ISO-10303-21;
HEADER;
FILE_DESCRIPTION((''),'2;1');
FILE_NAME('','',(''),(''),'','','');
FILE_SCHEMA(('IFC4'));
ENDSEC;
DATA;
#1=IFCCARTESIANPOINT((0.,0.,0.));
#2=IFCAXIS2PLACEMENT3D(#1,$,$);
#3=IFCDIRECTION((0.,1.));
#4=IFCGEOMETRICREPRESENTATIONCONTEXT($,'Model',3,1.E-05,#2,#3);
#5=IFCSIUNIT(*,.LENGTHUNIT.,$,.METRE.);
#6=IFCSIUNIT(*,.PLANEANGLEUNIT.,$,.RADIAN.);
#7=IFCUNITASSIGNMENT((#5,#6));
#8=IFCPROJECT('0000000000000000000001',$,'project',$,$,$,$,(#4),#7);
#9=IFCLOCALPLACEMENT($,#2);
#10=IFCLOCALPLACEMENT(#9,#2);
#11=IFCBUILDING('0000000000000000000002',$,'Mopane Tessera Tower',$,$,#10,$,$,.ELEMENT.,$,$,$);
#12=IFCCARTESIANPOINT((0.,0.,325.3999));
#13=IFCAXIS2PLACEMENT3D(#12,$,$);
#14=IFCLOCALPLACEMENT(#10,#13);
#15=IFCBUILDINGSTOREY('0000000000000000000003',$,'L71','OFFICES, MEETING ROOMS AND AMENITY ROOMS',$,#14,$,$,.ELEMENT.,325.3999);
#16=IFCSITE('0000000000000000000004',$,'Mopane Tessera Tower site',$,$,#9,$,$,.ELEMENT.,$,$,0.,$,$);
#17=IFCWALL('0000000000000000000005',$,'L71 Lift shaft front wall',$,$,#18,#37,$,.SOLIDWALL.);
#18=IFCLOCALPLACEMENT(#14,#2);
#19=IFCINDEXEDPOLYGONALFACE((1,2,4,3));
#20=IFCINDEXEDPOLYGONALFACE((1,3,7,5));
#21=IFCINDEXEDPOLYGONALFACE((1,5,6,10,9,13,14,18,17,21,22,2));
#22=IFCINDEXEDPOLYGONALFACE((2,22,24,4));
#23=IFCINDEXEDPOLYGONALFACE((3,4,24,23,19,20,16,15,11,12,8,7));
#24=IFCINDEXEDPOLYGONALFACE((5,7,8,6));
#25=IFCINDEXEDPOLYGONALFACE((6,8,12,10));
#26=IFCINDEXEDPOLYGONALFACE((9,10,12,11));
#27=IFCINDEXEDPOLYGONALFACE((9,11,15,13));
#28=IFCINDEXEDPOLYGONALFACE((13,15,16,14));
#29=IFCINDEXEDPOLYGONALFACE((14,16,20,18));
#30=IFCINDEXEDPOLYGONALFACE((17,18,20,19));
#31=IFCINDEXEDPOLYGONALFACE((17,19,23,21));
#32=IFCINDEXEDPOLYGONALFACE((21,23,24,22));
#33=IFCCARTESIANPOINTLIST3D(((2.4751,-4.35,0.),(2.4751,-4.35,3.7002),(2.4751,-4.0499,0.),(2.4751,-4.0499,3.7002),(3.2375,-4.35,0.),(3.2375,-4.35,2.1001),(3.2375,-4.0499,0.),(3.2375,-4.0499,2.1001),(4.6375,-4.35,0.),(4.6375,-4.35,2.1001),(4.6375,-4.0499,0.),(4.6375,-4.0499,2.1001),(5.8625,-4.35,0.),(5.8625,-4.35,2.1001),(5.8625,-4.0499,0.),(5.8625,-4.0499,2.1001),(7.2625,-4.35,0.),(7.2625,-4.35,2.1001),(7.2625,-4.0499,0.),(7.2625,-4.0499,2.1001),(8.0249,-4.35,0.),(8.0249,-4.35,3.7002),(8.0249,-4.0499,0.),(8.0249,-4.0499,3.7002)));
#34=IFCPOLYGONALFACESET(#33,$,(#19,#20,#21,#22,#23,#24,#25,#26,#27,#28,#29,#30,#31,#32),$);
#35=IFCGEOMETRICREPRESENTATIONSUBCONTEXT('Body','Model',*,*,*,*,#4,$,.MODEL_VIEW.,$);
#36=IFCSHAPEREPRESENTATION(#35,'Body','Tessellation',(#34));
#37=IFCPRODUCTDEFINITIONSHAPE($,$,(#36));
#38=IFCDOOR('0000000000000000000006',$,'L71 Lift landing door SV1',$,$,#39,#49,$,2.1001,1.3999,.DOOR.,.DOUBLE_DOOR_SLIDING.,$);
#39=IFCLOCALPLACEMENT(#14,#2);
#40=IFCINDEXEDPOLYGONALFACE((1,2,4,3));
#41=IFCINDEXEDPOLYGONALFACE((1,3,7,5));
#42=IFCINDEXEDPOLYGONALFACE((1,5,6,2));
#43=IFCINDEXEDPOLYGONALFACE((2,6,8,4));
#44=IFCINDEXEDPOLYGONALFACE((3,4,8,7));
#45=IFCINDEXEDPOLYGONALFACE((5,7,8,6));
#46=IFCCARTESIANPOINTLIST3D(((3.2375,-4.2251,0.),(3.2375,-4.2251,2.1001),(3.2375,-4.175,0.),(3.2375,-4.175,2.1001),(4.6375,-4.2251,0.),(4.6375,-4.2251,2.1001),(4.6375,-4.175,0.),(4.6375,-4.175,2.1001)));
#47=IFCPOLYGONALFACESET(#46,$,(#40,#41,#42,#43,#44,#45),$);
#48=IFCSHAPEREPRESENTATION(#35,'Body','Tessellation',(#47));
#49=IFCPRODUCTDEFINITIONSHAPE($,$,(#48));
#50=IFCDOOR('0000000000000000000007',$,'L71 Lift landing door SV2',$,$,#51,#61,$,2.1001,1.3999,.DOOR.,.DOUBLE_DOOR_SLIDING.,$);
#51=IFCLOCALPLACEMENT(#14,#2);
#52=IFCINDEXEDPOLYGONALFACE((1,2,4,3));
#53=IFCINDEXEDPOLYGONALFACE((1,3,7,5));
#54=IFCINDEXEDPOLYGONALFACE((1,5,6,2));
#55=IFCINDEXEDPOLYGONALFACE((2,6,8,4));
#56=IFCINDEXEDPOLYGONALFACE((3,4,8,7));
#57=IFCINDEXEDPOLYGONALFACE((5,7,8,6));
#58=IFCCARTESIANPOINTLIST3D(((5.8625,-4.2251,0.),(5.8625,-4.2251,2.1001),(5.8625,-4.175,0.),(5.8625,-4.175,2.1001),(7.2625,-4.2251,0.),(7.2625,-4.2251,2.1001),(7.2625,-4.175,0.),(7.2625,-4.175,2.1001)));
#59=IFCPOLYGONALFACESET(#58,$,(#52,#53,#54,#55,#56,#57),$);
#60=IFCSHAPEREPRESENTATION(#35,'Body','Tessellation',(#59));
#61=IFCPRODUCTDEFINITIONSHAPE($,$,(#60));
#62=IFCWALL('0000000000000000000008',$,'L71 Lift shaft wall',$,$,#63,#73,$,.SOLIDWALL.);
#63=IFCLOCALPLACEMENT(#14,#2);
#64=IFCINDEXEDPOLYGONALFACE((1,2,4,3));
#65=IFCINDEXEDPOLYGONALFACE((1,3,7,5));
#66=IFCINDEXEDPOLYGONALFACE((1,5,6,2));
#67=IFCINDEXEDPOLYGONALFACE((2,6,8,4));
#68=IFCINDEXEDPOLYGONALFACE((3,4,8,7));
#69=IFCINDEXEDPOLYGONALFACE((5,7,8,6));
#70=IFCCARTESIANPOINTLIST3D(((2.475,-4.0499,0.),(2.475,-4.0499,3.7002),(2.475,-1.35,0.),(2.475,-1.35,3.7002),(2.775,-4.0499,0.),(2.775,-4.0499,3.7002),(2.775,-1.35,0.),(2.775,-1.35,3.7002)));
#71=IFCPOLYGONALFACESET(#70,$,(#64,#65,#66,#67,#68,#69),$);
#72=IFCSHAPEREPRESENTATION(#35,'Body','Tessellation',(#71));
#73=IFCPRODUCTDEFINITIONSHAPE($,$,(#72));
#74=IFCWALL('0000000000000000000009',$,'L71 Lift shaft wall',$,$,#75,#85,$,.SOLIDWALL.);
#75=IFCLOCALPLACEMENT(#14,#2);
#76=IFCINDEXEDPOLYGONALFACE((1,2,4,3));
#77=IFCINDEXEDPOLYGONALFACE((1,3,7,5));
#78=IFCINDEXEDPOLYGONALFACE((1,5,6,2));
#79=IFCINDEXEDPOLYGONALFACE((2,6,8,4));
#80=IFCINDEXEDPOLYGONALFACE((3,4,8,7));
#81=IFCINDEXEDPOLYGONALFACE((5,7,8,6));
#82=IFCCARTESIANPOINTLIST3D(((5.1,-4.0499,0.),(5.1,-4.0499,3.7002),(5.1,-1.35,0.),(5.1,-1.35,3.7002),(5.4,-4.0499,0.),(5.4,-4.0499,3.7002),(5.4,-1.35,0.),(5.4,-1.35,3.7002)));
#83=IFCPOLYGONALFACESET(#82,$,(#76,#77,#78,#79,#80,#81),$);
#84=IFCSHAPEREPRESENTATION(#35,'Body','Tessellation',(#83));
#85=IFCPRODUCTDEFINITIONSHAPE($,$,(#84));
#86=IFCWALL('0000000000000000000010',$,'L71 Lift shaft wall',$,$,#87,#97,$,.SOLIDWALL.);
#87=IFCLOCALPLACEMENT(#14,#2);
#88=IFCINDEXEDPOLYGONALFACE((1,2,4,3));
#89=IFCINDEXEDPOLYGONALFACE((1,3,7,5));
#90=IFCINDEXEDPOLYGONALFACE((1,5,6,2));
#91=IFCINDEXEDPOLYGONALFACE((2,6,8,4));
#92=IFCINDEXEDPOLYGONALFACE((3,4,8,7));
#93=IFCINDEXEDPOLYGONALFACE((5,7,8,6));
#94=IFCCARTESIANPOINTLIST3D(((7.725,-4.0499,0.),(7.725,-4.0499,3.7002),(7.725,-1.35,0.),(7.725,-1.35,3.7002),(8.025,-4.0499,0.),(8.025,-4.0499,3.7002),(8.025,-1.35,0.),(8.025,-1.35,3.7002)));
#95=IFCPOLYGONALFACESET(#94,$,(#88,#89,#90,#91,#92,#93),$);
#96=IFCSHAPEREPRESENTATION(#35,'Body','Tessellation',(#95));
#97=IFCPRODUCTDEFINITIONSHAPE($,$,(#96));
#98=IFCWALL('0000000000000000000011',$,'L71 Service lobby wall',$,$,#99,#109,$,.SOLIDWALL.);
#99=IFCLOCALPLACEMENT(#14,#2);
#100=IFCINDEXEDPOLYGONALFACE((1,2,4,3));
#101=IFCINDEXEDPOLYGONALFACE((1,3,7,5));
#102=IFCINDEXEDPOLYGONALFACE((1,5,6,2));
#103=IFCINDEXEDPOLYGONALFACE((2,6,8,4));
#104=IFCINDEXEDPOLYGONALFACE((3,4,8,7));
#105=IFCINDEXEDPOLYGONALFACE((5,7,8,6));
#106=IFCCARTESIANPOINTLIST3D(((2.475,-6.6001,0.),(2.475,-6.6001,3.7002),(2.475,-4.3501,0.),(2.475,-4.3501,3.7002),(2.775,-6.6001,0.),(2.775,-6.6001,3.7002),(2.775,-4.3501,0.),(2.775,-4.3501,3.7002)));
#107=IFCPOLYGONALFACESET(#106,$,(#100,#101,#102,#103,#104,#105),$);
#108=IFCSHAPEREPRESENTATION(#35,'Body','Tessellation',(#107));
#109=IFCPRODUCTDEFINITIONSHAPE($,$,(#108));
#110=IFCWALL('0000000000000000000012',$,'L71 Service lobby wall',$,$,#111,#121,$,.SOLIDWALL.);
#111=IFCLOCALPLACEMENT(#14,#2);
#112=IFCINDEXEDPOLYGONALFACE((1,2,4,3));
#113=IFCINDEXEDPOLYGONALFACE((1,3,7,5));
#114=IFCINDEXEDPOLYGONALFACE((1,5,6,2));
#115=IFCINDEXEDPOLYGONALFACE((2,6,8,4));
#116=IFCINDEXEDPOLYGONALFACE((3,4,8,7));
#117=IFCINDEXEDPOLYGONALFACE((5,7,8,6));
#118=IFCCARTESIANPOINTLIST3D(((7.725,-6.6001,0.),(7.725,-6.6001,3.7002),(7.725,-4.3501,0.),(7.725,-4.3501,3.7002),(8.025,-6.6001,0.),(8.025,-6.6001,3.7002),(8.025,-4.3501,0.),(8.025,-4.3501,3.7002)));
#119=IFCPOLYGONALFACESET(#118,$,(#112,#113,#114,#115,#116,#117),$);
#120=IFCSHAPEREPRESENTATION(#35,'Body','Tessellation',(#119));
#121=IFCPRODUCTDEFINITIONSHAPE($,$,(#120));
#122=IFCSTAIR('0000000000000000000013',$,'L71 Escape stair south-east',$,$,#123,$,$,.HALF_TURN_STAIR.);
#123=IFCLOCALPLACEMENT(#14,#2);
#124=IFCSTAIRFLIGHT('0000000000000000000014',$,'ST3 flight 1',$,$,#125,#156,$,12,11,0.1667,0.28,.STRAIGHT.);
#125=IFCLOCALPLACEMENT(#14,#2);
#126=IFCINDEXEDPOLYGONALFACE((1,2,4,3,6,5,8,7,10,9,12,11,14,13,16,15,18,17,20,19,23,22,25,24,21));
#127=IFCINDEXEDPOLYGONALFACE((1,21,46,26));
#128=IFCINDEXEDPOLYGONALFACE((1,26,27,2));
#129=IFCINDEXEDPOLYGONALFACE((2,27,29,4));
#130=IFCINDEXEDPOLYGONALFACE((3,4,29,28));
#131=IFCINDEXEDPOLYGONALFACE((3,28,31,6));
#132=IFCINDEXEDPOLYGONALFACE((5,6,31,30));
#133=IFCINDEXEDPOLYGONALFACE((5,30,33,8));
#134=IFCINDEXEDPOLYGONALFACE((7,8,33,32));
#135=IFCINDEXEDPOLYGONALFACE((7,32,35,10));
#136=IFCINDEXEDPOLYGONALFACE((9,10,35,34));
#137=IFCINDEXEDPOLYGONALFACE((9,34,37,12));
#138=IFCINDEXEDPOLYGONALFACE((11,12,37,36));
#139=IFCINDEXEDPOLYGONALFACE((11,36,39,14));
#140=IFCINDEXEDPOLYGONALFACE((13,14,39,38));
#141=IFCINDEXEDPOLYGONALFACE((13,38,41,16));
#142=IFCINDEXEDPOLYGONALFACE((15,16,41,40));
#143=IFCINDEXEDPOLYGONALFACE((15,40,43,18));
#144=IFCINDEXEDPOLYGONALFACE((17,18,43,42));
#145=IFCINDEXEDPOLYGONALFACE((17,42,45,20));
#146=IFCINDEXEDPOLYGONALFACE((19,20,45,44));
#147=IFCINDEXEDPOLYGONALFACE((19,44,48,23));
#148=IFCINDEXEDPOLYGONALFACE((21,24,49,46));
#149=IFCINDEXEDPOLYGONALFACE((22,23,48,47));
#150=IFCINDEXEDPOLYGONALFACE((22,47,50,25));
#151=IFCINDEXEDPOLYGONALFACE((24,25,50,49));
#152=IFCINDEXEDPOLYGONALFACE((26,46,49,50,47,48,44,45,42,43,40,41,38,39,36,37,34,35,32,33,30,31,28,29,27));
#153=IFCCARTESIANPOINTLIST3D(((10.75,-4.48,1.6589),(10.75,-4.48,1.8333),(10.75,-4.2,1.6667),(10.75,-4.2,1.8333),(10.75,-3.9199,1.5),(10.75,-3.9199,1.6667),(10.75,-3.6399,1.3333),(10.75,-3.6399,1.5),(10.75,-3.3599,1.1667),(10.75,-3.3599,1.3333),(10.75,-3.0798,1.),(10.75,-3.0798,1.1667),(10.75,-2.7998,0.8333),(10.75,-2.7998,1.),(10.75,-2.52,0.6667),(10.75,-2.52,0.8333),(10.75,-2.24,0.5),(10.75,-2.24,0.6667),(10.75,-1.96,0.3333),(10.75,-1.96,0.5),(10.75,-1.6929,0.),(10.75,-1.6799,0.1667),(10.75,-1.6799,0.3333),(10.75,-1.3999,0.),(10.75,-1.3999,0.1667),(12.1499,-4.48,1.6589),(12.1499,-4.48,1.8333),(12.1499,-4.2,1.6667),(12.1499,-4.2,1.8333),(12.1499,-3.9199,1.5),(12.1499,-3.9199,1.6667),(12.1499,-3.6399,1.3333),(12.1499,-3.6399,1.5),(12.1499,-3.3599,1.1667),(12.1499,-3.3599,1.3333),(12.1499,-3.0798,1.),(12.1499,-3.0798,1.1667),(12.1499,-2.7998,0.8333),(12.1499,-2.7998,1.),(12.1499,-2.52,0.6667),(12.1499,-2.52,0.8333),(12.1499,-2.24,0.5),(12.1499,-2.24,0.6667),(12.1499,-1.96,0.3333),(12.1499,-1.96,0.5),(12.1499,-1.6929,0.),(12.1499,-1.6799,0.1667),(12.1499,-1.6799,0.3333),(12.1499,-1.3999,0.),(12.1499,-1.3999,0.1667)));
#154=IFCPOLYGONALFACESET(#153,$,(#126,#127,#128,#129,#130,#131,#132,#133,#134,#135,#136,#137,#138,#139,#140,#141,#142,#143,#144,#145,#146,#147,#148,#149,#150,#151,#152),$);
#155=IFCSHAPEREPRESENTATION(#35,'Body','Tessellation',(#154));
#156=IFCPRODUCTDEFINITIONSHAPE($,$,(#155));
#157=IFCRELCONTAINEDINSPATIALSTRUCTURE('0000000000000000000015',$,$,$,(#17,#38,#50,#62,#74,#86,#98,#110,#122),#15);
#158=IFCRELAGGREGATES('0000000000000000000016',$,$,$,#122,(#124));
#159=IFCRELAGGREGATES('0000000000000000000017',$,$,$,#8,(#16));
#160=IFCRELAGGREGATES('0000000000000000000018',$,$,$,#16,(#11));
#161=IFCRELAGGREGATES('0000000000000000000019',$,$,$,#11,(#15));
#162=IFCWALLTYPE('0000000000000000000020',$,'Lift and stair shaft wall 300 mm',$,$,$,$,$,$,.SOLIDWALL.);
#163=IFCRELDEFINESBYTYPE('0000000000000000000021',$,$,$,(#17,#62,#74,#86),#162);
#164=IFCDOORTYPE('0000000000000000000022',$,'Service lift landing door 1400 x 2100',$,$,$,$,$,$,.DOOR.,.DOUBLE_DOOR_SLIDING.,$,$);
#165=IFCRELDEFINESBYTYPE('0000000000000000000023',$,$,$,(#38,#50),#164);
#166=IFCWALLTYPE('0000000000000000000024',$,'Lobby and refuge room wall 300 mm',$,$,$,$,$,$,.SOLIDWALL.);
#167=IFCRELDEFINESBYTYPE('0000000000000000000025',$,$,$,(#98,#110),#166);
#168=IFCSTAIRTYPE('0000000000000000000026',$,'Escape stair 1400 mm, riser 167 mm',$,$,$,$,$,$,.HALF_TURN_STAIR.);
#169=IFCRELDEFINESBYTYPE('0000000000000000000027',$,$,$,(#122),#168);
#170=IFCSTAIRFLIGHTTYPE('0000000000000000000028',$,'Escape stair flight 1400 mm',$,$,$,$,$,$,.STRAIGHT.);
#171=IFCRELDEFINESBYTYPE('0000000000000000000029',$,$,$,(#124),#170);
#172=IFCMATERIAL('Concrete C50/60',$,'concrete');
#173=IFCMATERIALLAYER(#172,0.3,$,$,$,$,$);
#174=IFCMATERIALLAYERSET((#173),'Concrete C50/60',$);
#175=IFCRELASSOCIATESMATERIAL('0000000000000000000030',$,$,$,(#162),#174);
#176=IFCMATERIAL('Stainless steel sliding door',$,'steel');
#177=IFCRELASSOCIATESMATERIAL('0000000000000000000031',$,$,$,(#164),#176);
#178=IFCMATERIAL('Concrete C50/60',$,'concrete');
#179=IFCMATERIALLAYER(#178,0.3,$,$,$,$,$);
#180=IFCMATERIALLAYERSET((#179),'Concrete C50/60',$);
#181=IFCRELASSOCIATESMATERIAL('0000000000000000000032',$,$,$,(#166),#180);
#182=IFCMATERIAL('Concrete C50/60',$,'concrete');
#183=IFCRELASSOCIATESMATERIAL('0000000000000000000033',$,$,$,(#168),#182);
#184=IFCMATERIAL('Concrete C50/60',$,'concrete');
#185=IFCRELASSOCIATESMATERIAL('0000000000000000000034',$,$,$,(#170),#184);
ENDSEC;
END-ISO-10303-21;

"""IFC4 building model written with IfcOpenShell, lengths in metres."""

from ifc_helpers import new_model, si_unit, direction, frame, frame_2d, origin, place, context, subcontext, project, spatial, polyline, rectangle, outline, extrude, material, layer, layer_set, type_object, element, fill, aggregate, save


model = new_model("IFC4")

# Units and contexts
model_context = context("Model", 3, precision=1e-05, world=origin(), true_north=direction((0.0, 1.0)))
body_context = subcontext(model_context, "Body", "Model", "MODEL_VIEW")
ifc_project = project(units=[si_unit("LENGTHUNIT", "METRE"), si_unit("PLANEANGLEUNIT", "RADIAN")], contexts=[model_context])

# Site, building, storey
site_placement = place(None, origin())
site = spatial("IfcSite", under=ifc_project, at=site_placement, Name="Mopane Tessera Tower site", CompositionType="ELEMENT", RefElevation=0.0)
building_placement = place(site_placement, origin())
building = spatial("IfcBuilding", under=site, at=building_placement, Name="Mopane Tessera Tower", CompositionType="ELEMENT")
storey_placement = place(building_placement, frame((0.0, 0.0, 325.3999)))
storey = spatial("IfcBuildingStorey", under=building, at=storey_placement, Name="L71", Description="OFFICES, MEETING ROOMS AND AMENITY ROOMS", CompositionType="ELEMENT", Elevation=325.3999)

# Wall, openings, doors
ifc_material_1 = material(Name="Concrete C50/60", Category="concrete")
ifc_layer_1 = layer(ifc_material_1, 0.3)
ifc_layer_set_1 = layer_set([ifc_layer_1], Name="Concrete C50/60")
wall_type_1 = type_object("IfcWallType", Name="Lift and stair shaft wall 300 mm", PredefinedType="SOLIDWALL", material=ifc_layer_set_1)
wall_1_placement = place(storey_placement, frame((2.4751, -4.2, 0.0), z_axis=(0.0, 0.0, 1.0), x_axis=(1.0, 0.0, 0.0)))
wall_1 = element("IfcWall", 1, at=wall_1_placement, inside=storey, type_object=wall_type_1, Name="L71 Lift shaft front wall", PredefinedType="SOLIDWALL", context=body_context, shape_type="SweptSolid", body=[
    extrude(rectangle(XDim=5.5498, YDim=0.3, at=frame_2d((2.7749, 0.0))), origin(), (0.0, 0.0, 1.0), 3.7002),
])
opening_1_placement = place(wall_1_placement, frame((0.7625, 0.0, 0.0)))
opening_1 = element("IfcOpeningElement", 2, at=opening_1_placement, cuts=wall_1, PredefinedType="OPENING", context=body_context, shape_type="SweptSolid", body=[
    extrude(rectangle(XDim=1.3999, YDim=2.1001, at=frame_2d((0.7, 1.05))), frame((0.0, 0.1621, 0.0), z_axis=(0.0, -1.0, 0.0), x_axis=(1.0, 0.0, 0.0)), (0.0, 0.0, 1.0), 0.324),
])
opening_2_placement = place(wall_1_placement, frame((3.3875, 0.0, 0.0)))
opening_2 = element("IfcOpeningElement", 3, at=opening_2_placement, cuts=wall_1, PredefinedType="OPENING", context=body_context, shape_type="SweptSolid", body=[
    extrude(rectangle(XDim=1.3999, YDim=2.1001, at=frame_2d((0.7, 1.05))), frame((0.0, 0.1621, 0.0), z_axis=(0.0, -1.0, 0.0), x_axis=(1.0, 0.0, 0.0)), (0.0, 0.0, 1.0), 0.324),
])
ifc_material_2 = material(Name="Stainless steel sliding door", Category="steel")
door_type = type_object("IfcDoorType", Name="Service lift landing door 1400 x 2100", OperationType="DOUBLE_DOOR_SLIDING", PredefinedType="DOOR", material=ifc_material_2)
door_1_placement = place(opening_1_placement, origin())
door_1 = element("IfcDoor", 4, at=door_1_placement, inside=storey, type_object=door_type, Name="L71 Lift landing door SV1", OperationType="DOUBLE_DOOR_SLIDING", OverallHeight=2.1001, OverallWidth=1.3999, PredefinedType="DOOR", context=body_context, shape_type="SweptSolid", body=[
    extrude(rectangle(XDim=1.3999, YDim=2.1001, at=frame_2d((0.7, 1.05))), frame((0.0, 0.0249, 0.0), z_axis=(0.0, -1.0, 0.0), x_axis=(1.0, 0.0, 0.0)), (0.0, 0.0, 1.0), 0.05),
])
fill(opening_1, door_1)
door_2_placement = place(opening_2_placement, origin())
door_2 = element("IfcDoor", 5, at=door_2_placement, inside=storey, type_object=door_type, Name="L71 Lift landing door SV2", OperationType="DOUBLE_DOOR_SLIDING", OverallHeight=2.1001, OverallWidth=1.3999, PredefinedType="DOOR", context=body_context, shape_type="SweptSolid", body=[
    extrude(rectangle(XDim=1.3999, YDim=2.1001, at=frame_2d((0.7, 1.05))), frame((0.0, 0.0249, 0.0), z_axis=(0.0, -1.0, 0.0), x_axis=(1.0, 0.0, 0.0)), (0.0, 0.0, 1.0), 0.05),
])
fill(opening_2, door_2)

# Walls
for number, where, z_axis, x_axis, name in (
    (6, (2.625, -4.05, 0.0), (0.0, 0.0, 1.0), (0.0, 1.0, 0.0), "L71 Lift shaft wall"),
    (7, (5.25, -4.05, 0.0), (0.0, 0.0, 1.0), (0.0, 1.0, 0.0), "L71 Lift shaft wall"),
    (8, (7.875, -4.05, 0.0), (0.0, 0.0, 1.0), (0.0, 1.0, 0.0), "L71 Lift shaft wall"),
):
    element("IfcWall", number, at=place(storey_placement, frame(where, z_axis=z_axis, x_axis=x_axis)), inside=storey, type_object=wall_type_1, Name=name, PredefinedType="SOLIDWALL", context=body_context, shape_type="SweptSolid", body=[
        extrude(rectangle(XDim=2.7, YDim=0.3, at=frame_2d((1.3501, 0.0))), origin(), (0.0, 0.0, 1.0), 3.7002),
    ])
ifc_material_3 = material(Name="Concrete C50/60", Category="concrete")
ifc_layer_2 = layer(ifc_material_3, 0.3)
ifc_layer_set_2 = layer_set([ifc_layer_2], Name="Concrete C50/60")
wall_type_2 = type_object("IfcWallType", Name="Lobby and refuge room wall 300 mm", PredefinedType="SOLIDWALL", material=ifc_layer_set_2)
for number, where, z_axis, x_axis, name in (
    (9, (2.625, -6.6001, 0.0), (0.0, 0.0, 1.0), (0.0, 1.0, 0.0), "L71 Service lobby wall"),
    (10, (7.875, -6.6001, 0.0), (0.0, 0.0, 1.0), (0.0, 1.0, 0.0), "L71 Service lobby wall"),
):
    element("IfcWall", number, at=place(storey_placement, frame(where, z_axis=z_axis, x_axis=x_axis)), inside=storey, type_object=wall_type_2, Name=name, PredefinedType="SOLIDWALL", context=body_context, shape_type="SweptSolid", body=[
        extrude(rectangle(XDim=2.25, YDim=0.3, at=frame_2d((1.125, 0.0))), origin(), (0.0, 0.0, 1.0), 3.7002),
    ])

# Stair, stair flight
ifc_material_4 = material(Name="Concrete C50/60", Category="concrete")
stair_type = type_object("IfcStairType", Name="Escape stair 1400 mm, riser 167 mm", PredefinedType="HALF_TURN_STAIR", material=ifc_material_4)
stair_placement = place(storey_placement, origin())
stair = element("IfcStair", 11, at=stair_placement, inside=storey, type_object=stair_type, Name="L71 Escape stair south-east", PredefinedType="HALF_TURN_STAIR")
ifc_material_5 = material(Name="Concrete C50/60", Category="concrete")
stair_flight_type = type_object("IfcStairFlightType", Name="Escape stair flight 1400 mm", PredefinedType="STRAIGHT", material=ifc_material_5)
stair_flight_placement = place(storey_placement, frame((11.45, -1.3999, 0.0), z_axis=(0.0, 0.0, 1.0), x_axis=(0.0, -1.0, 0.0)))
stair_flight = element("IfcStairFlight", 12, at=stair_flight_placement, type_object=stair_flight_type, Name="ST3 flight 1", NumberOfRisers=12, NumberOfTreads=11, PredefinedType="STRAIGHT", RiserHeight=0.1667, TreadLength=0.28, context=body_context, shape_type="SweptSolid", body=[
    extrude(outline(polyline([(0.0, 0.0), (0.0, 0.1667), (0.28, 0.1667), (0.28, 0.3333), (0.5601, 0.3333), (0.5601, 0.5), (0.8401, 0.5), (0.8401, 0.6667), (1.1201, 0.6667), (1.1201, 0.8333), (1.3999, 0.8333), (1.3999, 1.0), (1.6799, 1.0), (1.6799, 1.1667), (1.96, 1.1667), (1.96, 1.3333), (2.24, 1.3333), (2.24, 1.5), (2.52, 1.5), (2.52, 1.6667), (2.8, 1.6667), (2.8, 1.8333), (3.0801, 1.8333), (3.0801, 2.0), (3.0801, 1.6589), (0.293, 0.0), (0.0, 0.0)])), frame((0.0, 0.7, 0.0), z_axis=(0.0, -1.0, 0.0), x_axis=(1.0, 0.0, 0.0)), (0.0, 0.0, 1.0), 1.3999),
])
aggregate(stair, [stair_flight])

save(model, "model.ifc")
